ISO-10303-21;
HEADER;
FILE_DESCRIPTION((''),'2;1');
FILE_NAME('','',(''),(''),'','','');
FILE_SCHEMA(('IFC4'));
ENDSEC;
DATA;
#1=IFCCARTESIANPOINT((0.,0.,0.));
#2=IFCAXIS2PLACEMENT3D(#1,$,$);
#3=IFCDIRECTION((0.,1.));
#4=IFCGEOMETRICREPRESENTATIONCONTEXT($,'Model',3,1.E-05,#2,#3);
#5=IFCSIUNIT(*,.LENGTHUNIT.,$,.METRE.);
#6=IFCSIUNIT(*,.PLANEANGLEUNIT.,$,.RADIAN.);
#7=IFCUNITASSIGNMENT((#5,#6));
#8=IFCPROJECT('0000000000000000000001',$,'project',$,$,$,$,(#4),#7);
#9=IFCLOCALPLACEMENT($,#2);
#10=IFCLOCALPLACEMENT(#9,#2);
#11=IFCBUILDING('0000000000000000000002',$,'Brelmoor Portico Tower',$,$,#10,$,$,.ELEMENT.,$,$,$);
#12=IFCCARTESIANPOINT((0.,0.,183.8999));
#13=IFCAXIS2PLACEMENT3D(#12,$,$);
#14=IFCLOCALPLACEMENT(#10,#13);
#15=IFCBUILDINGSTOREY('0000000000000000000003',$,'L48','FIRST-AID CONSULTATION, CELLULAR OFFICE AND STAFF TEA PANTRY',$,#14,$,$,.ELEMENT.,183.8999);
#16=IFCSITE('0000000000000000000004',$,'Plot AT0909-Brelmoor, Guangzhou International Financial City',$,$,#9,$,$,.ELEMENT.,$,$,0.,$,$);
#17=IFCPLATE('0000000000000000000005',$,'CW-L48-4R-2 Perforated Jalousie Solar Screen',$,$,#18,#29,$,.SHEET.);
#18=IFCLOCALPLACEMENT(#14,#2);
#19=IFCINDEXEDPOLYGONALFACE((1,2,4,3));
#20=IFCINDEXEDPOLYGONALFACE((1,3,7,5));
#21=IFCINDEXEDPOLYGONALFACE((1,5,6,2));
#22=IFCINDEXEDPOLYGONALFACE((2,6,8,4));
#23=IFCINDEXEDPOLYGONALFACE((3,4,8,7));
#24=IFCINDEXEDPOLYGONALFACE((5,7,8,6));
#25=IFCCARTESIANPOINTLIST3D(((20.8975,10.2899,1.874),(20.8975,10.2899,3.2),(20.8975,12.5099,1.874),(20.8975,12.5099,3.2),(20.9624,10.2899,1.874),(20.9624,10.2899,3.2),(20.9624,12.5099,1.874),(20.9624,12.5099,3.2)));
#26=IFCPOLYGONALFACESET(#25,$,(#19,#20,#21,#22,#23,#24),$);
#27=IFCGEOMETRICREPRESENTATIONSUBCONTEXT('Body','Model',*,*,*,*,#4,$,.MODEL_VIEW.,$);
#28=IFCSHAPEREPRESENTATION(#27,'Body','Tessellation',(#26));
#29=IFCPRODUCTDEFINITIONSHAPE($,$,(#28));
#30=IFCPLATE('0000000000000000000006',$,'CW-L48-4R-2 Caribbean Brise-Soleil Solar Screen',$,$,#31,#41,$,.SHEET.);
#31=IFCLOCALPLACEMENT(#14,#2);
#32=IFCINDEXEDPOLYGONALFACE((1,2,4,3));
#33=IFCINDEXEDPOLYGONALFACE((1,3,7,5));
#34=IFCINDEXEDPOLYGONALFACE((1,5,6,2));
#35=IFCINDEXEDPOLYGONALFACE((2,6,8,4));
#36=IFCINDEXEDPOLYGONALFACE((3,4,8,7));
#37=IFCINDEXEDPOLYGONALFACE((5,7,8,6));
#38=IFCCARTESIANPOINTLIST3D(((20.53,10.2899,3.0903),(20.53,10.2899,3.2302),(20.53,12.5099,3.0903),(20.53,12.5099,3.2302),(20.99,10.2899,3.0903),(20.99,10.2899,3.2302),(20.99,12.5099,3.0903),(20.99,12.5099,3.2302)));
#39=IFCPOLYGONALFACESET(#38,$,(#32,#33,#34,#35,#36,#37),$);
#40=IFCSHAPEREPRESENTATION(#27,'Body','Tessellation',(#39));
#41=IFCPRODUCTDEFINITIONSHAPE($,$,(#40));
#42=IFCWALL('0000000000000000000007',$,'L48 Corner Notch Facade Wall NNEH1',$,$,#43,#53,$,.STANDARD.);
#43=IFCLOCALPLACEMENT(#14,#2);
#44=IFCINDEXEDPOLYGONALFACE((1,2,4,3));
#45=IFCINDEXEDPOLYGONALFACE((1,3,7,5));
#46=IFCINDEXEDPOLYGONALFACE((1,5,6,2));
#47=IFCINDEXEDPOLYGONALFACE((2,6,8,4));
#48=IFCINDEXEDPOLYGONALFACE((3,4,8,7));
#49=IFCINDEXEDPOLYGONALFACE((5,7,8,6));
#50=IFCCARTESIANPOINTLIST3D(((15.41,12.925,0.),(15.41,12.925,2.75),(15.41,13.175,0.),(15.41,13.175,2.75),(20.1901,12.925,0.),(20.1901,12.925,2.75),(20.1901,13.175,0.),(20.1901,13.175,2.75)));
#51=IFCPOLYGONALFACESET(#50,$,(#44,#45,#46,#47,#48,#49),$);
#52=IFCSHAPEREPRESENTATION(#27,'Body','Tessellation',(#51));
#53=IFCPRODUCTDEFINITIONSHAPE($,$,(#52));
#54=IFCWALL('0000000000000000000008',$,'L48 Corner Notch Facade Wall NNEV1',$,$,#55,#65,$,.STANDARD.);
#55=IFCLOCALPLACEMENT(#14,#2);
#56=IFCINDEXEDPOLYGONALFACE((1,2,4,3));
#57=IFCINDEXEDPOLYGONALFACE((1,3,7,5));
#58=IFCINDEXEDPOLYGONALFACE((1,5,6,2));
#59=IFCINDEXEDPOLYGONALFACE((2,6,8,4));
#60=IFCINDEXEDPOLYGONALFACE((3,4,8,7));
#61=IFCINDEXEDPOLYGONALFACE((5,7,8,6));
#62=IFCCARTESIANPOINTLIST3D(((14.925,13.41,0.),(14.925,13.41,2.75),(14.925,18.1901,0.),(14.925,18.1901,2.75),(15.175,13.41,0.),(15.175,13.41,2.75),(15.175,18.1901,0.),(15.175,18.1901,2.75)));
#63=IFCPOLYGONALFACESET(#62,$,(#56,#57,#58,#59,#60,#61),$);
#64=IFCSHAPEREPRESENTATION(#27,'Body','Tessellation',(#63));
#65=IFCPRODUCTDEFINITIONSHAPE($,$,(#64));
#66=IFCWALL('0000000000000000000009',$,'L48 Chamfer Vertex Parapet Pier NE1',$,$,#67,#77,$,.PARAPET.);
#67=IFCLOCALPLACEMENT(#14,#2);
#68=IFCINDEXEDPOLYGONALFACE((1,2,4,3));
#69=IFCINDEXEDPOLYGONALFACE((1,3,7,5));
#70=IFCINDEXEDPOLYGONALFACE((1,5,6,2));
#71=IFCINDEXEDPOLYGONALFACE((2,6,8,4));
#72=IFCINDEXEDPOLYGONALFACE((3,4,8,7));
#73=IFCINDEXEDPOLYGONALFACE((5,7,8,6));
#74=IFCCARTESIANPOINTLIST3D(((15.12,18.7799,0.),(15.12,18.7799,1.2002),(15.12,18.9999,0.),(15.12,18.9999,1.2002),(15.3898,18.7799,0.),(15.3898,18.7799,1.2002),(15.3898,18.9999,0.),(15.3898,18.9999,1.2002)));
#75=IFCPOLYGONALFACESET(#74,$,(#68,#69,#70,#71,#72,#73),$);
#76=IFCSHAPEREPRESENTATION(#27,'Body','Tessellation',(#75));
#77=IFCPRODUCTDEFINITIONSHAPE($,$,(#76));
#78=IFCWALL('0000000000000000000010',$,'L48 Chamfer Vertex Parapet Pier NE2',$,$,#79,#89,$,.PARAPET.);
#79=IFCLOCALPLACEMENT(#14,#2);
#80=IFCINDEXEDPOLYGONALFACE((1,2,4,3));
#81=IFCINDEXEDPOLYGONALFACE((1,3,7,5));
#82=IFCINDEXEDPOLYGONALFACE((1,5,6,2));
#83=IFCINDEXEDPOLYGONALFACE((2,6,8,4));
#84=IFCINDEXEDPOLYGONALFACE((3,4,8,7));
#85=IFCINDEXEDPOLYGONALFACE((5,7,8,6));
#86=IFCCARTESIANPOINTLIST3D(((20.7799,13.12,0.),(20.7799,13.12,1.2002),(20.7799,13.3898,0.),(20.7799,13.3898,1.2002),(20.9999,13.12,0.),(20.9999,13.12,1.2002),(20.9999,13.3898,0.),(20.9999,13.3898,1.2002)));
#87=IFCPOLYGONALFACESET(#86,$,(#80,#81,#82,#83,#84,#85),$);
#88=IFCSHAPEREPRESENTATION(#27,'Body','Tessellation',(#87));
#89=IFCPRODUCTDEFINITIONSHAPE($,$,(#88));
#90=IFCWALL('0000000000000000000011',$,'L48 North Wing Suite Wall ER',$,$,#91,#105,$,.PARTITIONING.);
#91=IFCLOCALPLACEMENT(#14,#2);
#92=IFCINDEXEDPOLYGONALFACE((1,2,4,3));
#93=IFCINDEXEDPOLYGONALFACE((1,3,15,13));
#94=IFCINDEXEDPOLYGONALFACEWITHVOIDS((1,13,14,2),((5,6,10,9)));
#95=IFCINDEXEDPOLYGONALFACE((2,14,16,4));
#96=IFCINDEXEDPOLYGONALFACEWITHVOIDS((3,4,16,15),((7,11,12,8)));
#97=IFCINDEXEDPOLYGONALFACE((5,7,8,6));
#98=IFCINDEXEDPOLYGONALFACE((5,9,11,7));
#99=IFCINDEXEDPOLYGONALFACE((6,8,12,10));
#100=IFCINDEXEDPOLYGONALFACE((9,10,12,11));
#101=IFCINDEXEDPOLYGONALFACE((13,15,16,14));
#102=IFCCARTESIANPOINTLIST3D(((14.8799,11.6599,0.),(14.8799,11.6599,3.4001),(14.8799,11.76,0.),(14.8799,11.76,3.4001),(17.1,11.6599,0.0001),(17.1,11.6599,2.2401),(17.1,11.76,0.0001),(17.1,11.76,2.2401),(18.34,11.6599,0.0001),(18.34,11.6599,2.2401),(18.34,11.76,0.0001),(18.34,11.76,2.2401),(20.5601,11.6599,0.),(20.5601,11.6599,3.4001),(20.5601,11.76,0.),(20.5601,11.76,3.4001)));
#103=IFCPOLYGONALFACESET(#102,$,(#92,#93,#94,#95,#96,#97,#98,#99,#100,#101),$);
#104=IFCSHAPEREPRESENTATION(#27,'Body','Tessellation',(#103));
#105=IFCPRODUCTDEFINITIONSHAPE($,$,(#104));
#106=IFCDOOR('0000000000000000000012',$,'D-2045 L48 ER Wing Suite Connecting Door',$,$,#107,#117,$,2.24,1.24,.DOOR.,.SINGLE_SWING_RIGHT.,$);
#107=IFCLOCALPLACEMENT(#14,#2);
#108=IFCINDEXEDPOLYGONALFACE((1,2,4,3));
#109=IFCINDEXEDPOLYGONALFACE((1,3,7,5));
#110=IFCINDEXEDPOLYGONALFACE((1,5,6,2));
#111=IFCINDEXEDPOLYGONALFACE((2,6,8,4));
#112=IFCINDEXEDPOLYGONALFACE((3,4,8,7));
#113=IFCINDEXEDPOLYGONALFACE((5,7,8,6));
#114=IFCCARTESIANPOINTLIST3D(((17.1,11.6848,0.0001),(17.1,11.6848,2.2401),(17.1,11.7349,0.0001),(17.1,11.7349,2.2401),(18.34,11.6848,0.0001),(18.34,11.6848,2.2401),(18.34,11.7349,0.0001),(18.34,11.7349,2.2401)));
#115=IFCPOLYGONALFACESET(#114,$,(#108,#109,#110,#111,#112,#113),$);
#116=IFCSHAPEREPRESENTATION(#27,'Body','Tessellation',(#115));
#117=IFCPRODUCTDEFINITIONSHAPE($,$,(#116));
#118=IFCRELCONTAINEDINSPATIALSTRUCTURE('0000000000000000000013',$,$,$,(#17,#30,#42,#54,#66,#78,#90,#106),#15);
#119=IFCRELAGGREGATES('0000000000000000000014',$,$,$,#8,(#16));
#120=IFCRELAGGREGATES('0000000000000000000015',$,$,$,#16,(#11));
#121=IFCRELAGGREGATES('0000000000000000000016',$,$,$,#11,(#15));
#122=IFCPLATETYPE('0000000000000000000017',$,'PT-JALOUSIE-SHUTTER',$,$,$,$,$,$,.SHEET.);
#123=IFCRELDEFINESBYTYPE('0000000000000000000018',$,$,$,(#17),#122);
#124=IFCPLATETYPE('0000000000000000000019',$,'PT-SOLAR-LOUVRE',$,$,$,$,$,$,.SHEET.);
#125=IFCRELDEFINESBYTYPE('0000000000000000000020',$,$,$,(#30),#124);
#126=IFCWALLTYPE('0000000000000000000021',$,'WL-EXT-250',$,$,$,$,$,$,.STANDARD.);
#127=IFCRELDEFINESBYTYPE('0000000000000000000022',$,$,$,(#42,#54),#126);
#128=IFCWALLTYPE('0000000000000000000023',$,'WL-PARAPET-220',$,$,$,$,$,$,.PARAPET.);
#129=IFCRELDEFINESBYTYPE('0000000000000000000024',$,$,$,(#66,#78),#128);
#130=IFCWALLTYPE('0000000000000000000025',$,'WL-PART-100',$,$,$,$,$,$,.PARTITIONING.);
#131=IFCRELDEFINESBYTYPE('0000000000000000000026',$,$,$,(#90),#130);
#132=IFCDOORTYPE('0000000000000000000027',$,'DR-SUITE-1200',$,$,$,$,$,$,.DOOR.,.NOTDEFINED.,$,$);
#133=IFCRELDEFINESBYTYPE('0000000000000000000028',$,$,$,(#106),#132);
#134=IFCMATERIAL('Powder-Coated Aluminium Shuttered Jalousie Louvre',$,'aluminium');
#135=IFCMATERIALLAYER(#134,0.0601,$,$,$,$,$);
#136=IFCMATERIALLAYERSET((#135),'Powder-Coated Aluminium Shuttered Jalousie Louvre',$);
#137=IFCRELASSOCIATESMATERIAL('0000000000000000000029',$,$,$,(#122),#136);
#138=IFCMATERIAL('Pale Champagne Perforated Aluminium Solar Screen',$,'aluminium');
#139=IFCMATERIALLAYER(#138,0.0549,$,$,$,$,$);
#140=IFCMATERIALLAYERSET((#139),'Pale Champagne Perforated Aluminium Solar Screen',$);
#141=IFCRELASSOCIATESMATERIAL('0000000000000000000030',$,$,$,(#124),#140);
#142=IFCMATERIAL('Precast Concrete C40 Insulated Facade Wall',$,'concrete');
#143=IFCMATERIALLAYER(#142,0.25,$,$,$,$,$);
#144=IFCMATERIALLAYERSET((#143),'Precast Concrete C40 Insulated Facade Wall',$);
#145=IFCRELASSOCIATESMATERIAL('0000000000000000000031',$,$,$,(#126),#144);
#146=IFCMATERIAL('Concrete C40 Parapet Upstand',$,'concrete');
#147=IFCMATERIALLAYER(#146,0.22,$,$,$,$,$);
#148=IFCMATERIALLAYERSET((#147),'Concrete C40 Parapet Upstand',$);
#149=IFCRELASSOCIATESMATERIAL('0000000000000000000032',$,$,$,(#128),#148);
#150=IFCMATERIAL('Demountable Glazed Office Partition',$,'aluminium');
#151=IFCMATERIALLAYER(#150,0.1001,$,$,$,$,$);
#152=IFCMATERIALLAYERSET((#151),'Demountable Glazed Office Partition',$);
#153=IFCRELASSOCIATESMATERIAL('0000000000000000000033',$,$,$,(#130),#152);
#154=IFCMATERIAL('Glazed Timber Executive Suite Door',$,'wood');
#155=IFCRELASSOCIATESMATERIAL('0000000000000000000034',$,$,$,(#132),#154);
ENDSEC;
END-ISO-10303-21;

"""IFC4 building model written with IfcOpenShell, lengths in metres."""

from ifc_helpers import new_model, si_unit, direction, frame, frame_2d, origin, origin_2d, place, context, subcontext, project, spatial, rectangle, extrude, material, layer, layer_set, type_object, element, fill, save


model = new_model("IFC4")

# Units and contexts
model_context = context("Model", 3, precision=1e-05, world=origin(), true_north=direction((0.0, 1.0)))
body_context = subcontext(model_context, "Body", "Model", "MODEL_VIEW")
ifc_project = project(units=[si_unit("LENGTHUNIT", "METRE"), si_unit("PLANEANGLEUNIT", "RADIAN")], contexts=[model_context])

# Site, building, storey
site_placement = place(None, origin())
site = spatial("IfcSite", under=ifc_project, at=site_placement, Name="Plot AT0909-Brelmoor, Guangzhou International Financial City", CompositionType="ELEMENT", RefElevation=0.0)
building_placement = place(site_placement, origin())
building = spatial("IfcBuilding", under=site, at=building_placement, Name="Brelmoor Portico Tower", CompositionType="ELEMENT")
storey_placement = place(building_placement, frame((0.0, 0.0, 183.8999)))
storey = spatial("IfcBuildingStorey", under=building, at=storey_placement, Name="L48", Description="FIRST-AID CONSULTATION, CELLULAR OFFICE AND STAFF TEA PANTRY", CompositionType="ELEMENT", Elevation=183.8999)

# Plates
ifc_material_1 = material(Name="Powder-Coated Aluminium Shuttered Jalousie Louvre", Category="aluminium")
ifc_layer_1 = layer(ifc_material_1, 0.0601)
ifc_layer_set_1 = layer_set([ifc_layer_1], Name="Powder-Coated Aluminium Shuttered Jalousie Louvre")
plate_type_1 = type_object("IfcPlateType", Name="PT-JALOUSIE-SHUTTER", PredefinedType="SHEET", material=ifc_layer_set_1)
plate_1_placement = place(storey_placement, frame((20.9299, 11.3999, 1.874), z_axis=(0.0, 0.0, 1.0), x_axis=(0.0, 1.0, 0.0)))
element("IfcPlate", 1, at=plate_1_placement, inside=storey, type_object=plate_type_1, Name="CW-L48-4R-2 Perforated Jalousie Solar Screen", PredefinedType="SHEET", context=body_context, shape_type="SweptSolid", body=[
    extrude(rectangle(XDim=2.22, YDim=0.0649, at=origin_2d()), origin(), (0.0, 0.0, 1.0), 1.3259),
])
ifc_material_2 = material(Name="Pale Champagne Perforated Aluminium Solar Screen", Category="aluminium")
ifc_layer_2 = layer(ifc_material_2, 0.0549)
ifc_layer_set_2 = layer_set([ifc_layer_2], Name="Pale Champagne Perforated Aluminium Solar Screen")
plate_type_2 = type_object("IfcPlateType", Name="PT-SOLAR-LOUVRE", PredefinedType="SHEET", material=ifc_layer_set_2)
plate_2_placement = place(storey_placement, frame((20.76, 11.3999, 3.0903), z_axis=(0.0, 0.0, 1.0), x_axis=(0.0, 1.0, 0.0)))
element("IfcPlate", 2, at=plate_2_placement, inside=storey, type_object=plate_type_2, Name="CW-L48-4R-2 Caribbean Brise-Soleil Solar Screen", PredefinedType="SHEET", context=body_context, shape_type="SweptSolid", body=[
    extrude(rectangle(XDim=2.22, YDim=0.46, at=origin_2d()), origin(), (0.0, 0.0, 1.0), 0.1399),
])

# Walls
ifc_material_3 = material(Name="Precast Concrete C40 Insulated Facade Wall", Category="concrete")
ifc_layer_3 = layer(ifc_material_3, 0.25)
ifc_layer_set_3 = layer_set([ifc_layer_3], Name="Precast Concrete C40 Insulated Facade Wall")
wall_type_1 = type_object("IfcWallType", Name="WL-EXT-250", PredefinedType="STANDARD", material=ifc_layer_set_3)
for number, where, z_axis, x_axis, name in (
    (3, (15.4099, 13.05, 0.0), (0.0, 0.0, 1.0), (1.0, 0.0, 0.0), "L48 Corner Notch Facade Wall NNEH1"),
    (4, (15.05, 13.4099, 0.0), (0.0, 0.0, 1.0), (0.0, 1.0, 0.0), "L48 Corner Notch Facade Wall NNEV1"),
):
    element("IfcWall", number, at=place(storey_placement, frame(where, z_axis=z_axis, x_axis=x_axis)), inside=storey, type_object=wall_type_1, Name=name, PredefinedType="STANDARD", context=body_context, shape_type="SweptSolid", body=[
        extrude(rectangle(XDim=4.78, YDim=0.25, at=frame_2d((2.3901, 0.0))), origin(), (0.0, 0.0, 1.0), 2.75),
    ])
ifc_material_4 = material(Name="Concrete C40 Parapet Upstand", Category="concrete")
ifc_layer_4 = layer(ifc_material_4, 0.22)
ifc_layer_set_4 = layer_set([ifc_layer_4], Name="Concrete C40 Parapet Upstand")
wall_type_2 = type_object("IfcWallType", Name="WL-PARAPET-220", PredefinedType="PARAPET", material=ifc_layer_set_4)
for number, where, z_axis, x_axis, name in (
    (5, (15.1201, 18.8899, 0.0), (0.0, 0.0, 1.0), (1.0, 0.0, 0.0), "L48 Chamfer Vertex Parapet Pier NE1"),
    (6, (20.8899, 13.1201, 0.0), (0.0, 0.0, 1.0), (0.0, 1.0, 0.0), "L48 Chamfer Vertex Parapet Pier NE2"),
):
    element("IfcWall", number, at=place(storey_placement, frame(where, z_axis=z_axis, x_axis=x_axis)), inside=storey, type_object=wall_type_2, Name=name, PredefinedType="PARAPET", context=body_context, shape_type="SweptSolid", body=[
        extrude(rectangle(XDim=0.2698, YDim=0.22, at=frame_2d((0.1348, 0.0))), origin(), (0.0, 0.0, 1.0), 1.2002),
    ])

# Wall, opening, door
ifc_material_5 = material(Name="Demountable Glazed Office Partition", Category="aluminium")
ifc_layer_5 = layer(ifc_material_5, 0.1001)
ifc_layer_set_5 = layer_set([ifc_layer_5], Name="Demountable Glazed Office Partition")
wall_type_3 = type_object("IfcWallType", Name="WL-PART-100", PredefinedType="PARTITIONING", material=ifc_layer_set_5)
wall_placement = place(storey_placement, frame((14.8799, 11.71, 0.0), z_axis=(0.0, 0.0, 1.0), x_axis=(1.0, 0.0, 0.0)))
wall = element("IfcWall", 7, at=wall_placement, inside=storey, type_object=wall_type_3, Name="L48 North Wing Suite Wall ER", PredefinedType="PARTITIONING", context=body_context, shape_type="SweptSolid", body=[
    extrude(rectangle(XDim=5.6802, YDim=0.1001, at=frame_2d((2.8401, 0.0))), origin(), (0.0, 0.0, 1.0), 3.4001),
])
opening_placement = place(wall_placement, frame((2.22, 0.0, 0.0)))
opening = element("IfcOpeningElement", 8, at=opening_placement, cuts=wall, PredefinedType="OPENING", context=body_context, shape_type="SweptSolid", body=[
    extrude(rectangle(XDim=1.24, YDim=2.24, at=frame_2d((0.6201, 1.1201))), frame((0.0, 0.0601, 0.0), z_axis=(0.0, -1.0, 0.0), x_axis=(1.0, 0.0, 0.0)), (0.0, 0.0, 1.0), 0.1201),
])
ifc_material_6 = material(Name="Glazed Timber Executive Suite Door", Category="wood")
door_type = type_object("IfcDoorType", Name="DR-SUITE-1200", OperationType="NOTDEFINED", PredefinedType="DOOR", material=ifc_material_6)
door_placement = place(opening_placement, origin())
door = element("IfcDoor", 9, at=door_placement, inside=storey, type_object=door_type, Name="D-2045 L48 ER Wing Suite Connecting Door", OperationType="SINGLE_SWING_RIGHT", OverallHeight=2.24, OverallWidth=1.24, PredefinedType="DOOR", context=body_context, shape_type="SweptSolid", body=[
    extrude(rectangle(XDim=1.24, YDim=2.24, at=frame_2d((0.6201, 1.1201))), frame((0.0, 0.0249, 0.0), z_axis=(0.0, -1.0, 0.0), x_axis=(1.0, 0.0, 0.0)), (0.0, 0.0, 1.0), 0.05),
])
fill(opening, door)

save(model, "model.ifc")
